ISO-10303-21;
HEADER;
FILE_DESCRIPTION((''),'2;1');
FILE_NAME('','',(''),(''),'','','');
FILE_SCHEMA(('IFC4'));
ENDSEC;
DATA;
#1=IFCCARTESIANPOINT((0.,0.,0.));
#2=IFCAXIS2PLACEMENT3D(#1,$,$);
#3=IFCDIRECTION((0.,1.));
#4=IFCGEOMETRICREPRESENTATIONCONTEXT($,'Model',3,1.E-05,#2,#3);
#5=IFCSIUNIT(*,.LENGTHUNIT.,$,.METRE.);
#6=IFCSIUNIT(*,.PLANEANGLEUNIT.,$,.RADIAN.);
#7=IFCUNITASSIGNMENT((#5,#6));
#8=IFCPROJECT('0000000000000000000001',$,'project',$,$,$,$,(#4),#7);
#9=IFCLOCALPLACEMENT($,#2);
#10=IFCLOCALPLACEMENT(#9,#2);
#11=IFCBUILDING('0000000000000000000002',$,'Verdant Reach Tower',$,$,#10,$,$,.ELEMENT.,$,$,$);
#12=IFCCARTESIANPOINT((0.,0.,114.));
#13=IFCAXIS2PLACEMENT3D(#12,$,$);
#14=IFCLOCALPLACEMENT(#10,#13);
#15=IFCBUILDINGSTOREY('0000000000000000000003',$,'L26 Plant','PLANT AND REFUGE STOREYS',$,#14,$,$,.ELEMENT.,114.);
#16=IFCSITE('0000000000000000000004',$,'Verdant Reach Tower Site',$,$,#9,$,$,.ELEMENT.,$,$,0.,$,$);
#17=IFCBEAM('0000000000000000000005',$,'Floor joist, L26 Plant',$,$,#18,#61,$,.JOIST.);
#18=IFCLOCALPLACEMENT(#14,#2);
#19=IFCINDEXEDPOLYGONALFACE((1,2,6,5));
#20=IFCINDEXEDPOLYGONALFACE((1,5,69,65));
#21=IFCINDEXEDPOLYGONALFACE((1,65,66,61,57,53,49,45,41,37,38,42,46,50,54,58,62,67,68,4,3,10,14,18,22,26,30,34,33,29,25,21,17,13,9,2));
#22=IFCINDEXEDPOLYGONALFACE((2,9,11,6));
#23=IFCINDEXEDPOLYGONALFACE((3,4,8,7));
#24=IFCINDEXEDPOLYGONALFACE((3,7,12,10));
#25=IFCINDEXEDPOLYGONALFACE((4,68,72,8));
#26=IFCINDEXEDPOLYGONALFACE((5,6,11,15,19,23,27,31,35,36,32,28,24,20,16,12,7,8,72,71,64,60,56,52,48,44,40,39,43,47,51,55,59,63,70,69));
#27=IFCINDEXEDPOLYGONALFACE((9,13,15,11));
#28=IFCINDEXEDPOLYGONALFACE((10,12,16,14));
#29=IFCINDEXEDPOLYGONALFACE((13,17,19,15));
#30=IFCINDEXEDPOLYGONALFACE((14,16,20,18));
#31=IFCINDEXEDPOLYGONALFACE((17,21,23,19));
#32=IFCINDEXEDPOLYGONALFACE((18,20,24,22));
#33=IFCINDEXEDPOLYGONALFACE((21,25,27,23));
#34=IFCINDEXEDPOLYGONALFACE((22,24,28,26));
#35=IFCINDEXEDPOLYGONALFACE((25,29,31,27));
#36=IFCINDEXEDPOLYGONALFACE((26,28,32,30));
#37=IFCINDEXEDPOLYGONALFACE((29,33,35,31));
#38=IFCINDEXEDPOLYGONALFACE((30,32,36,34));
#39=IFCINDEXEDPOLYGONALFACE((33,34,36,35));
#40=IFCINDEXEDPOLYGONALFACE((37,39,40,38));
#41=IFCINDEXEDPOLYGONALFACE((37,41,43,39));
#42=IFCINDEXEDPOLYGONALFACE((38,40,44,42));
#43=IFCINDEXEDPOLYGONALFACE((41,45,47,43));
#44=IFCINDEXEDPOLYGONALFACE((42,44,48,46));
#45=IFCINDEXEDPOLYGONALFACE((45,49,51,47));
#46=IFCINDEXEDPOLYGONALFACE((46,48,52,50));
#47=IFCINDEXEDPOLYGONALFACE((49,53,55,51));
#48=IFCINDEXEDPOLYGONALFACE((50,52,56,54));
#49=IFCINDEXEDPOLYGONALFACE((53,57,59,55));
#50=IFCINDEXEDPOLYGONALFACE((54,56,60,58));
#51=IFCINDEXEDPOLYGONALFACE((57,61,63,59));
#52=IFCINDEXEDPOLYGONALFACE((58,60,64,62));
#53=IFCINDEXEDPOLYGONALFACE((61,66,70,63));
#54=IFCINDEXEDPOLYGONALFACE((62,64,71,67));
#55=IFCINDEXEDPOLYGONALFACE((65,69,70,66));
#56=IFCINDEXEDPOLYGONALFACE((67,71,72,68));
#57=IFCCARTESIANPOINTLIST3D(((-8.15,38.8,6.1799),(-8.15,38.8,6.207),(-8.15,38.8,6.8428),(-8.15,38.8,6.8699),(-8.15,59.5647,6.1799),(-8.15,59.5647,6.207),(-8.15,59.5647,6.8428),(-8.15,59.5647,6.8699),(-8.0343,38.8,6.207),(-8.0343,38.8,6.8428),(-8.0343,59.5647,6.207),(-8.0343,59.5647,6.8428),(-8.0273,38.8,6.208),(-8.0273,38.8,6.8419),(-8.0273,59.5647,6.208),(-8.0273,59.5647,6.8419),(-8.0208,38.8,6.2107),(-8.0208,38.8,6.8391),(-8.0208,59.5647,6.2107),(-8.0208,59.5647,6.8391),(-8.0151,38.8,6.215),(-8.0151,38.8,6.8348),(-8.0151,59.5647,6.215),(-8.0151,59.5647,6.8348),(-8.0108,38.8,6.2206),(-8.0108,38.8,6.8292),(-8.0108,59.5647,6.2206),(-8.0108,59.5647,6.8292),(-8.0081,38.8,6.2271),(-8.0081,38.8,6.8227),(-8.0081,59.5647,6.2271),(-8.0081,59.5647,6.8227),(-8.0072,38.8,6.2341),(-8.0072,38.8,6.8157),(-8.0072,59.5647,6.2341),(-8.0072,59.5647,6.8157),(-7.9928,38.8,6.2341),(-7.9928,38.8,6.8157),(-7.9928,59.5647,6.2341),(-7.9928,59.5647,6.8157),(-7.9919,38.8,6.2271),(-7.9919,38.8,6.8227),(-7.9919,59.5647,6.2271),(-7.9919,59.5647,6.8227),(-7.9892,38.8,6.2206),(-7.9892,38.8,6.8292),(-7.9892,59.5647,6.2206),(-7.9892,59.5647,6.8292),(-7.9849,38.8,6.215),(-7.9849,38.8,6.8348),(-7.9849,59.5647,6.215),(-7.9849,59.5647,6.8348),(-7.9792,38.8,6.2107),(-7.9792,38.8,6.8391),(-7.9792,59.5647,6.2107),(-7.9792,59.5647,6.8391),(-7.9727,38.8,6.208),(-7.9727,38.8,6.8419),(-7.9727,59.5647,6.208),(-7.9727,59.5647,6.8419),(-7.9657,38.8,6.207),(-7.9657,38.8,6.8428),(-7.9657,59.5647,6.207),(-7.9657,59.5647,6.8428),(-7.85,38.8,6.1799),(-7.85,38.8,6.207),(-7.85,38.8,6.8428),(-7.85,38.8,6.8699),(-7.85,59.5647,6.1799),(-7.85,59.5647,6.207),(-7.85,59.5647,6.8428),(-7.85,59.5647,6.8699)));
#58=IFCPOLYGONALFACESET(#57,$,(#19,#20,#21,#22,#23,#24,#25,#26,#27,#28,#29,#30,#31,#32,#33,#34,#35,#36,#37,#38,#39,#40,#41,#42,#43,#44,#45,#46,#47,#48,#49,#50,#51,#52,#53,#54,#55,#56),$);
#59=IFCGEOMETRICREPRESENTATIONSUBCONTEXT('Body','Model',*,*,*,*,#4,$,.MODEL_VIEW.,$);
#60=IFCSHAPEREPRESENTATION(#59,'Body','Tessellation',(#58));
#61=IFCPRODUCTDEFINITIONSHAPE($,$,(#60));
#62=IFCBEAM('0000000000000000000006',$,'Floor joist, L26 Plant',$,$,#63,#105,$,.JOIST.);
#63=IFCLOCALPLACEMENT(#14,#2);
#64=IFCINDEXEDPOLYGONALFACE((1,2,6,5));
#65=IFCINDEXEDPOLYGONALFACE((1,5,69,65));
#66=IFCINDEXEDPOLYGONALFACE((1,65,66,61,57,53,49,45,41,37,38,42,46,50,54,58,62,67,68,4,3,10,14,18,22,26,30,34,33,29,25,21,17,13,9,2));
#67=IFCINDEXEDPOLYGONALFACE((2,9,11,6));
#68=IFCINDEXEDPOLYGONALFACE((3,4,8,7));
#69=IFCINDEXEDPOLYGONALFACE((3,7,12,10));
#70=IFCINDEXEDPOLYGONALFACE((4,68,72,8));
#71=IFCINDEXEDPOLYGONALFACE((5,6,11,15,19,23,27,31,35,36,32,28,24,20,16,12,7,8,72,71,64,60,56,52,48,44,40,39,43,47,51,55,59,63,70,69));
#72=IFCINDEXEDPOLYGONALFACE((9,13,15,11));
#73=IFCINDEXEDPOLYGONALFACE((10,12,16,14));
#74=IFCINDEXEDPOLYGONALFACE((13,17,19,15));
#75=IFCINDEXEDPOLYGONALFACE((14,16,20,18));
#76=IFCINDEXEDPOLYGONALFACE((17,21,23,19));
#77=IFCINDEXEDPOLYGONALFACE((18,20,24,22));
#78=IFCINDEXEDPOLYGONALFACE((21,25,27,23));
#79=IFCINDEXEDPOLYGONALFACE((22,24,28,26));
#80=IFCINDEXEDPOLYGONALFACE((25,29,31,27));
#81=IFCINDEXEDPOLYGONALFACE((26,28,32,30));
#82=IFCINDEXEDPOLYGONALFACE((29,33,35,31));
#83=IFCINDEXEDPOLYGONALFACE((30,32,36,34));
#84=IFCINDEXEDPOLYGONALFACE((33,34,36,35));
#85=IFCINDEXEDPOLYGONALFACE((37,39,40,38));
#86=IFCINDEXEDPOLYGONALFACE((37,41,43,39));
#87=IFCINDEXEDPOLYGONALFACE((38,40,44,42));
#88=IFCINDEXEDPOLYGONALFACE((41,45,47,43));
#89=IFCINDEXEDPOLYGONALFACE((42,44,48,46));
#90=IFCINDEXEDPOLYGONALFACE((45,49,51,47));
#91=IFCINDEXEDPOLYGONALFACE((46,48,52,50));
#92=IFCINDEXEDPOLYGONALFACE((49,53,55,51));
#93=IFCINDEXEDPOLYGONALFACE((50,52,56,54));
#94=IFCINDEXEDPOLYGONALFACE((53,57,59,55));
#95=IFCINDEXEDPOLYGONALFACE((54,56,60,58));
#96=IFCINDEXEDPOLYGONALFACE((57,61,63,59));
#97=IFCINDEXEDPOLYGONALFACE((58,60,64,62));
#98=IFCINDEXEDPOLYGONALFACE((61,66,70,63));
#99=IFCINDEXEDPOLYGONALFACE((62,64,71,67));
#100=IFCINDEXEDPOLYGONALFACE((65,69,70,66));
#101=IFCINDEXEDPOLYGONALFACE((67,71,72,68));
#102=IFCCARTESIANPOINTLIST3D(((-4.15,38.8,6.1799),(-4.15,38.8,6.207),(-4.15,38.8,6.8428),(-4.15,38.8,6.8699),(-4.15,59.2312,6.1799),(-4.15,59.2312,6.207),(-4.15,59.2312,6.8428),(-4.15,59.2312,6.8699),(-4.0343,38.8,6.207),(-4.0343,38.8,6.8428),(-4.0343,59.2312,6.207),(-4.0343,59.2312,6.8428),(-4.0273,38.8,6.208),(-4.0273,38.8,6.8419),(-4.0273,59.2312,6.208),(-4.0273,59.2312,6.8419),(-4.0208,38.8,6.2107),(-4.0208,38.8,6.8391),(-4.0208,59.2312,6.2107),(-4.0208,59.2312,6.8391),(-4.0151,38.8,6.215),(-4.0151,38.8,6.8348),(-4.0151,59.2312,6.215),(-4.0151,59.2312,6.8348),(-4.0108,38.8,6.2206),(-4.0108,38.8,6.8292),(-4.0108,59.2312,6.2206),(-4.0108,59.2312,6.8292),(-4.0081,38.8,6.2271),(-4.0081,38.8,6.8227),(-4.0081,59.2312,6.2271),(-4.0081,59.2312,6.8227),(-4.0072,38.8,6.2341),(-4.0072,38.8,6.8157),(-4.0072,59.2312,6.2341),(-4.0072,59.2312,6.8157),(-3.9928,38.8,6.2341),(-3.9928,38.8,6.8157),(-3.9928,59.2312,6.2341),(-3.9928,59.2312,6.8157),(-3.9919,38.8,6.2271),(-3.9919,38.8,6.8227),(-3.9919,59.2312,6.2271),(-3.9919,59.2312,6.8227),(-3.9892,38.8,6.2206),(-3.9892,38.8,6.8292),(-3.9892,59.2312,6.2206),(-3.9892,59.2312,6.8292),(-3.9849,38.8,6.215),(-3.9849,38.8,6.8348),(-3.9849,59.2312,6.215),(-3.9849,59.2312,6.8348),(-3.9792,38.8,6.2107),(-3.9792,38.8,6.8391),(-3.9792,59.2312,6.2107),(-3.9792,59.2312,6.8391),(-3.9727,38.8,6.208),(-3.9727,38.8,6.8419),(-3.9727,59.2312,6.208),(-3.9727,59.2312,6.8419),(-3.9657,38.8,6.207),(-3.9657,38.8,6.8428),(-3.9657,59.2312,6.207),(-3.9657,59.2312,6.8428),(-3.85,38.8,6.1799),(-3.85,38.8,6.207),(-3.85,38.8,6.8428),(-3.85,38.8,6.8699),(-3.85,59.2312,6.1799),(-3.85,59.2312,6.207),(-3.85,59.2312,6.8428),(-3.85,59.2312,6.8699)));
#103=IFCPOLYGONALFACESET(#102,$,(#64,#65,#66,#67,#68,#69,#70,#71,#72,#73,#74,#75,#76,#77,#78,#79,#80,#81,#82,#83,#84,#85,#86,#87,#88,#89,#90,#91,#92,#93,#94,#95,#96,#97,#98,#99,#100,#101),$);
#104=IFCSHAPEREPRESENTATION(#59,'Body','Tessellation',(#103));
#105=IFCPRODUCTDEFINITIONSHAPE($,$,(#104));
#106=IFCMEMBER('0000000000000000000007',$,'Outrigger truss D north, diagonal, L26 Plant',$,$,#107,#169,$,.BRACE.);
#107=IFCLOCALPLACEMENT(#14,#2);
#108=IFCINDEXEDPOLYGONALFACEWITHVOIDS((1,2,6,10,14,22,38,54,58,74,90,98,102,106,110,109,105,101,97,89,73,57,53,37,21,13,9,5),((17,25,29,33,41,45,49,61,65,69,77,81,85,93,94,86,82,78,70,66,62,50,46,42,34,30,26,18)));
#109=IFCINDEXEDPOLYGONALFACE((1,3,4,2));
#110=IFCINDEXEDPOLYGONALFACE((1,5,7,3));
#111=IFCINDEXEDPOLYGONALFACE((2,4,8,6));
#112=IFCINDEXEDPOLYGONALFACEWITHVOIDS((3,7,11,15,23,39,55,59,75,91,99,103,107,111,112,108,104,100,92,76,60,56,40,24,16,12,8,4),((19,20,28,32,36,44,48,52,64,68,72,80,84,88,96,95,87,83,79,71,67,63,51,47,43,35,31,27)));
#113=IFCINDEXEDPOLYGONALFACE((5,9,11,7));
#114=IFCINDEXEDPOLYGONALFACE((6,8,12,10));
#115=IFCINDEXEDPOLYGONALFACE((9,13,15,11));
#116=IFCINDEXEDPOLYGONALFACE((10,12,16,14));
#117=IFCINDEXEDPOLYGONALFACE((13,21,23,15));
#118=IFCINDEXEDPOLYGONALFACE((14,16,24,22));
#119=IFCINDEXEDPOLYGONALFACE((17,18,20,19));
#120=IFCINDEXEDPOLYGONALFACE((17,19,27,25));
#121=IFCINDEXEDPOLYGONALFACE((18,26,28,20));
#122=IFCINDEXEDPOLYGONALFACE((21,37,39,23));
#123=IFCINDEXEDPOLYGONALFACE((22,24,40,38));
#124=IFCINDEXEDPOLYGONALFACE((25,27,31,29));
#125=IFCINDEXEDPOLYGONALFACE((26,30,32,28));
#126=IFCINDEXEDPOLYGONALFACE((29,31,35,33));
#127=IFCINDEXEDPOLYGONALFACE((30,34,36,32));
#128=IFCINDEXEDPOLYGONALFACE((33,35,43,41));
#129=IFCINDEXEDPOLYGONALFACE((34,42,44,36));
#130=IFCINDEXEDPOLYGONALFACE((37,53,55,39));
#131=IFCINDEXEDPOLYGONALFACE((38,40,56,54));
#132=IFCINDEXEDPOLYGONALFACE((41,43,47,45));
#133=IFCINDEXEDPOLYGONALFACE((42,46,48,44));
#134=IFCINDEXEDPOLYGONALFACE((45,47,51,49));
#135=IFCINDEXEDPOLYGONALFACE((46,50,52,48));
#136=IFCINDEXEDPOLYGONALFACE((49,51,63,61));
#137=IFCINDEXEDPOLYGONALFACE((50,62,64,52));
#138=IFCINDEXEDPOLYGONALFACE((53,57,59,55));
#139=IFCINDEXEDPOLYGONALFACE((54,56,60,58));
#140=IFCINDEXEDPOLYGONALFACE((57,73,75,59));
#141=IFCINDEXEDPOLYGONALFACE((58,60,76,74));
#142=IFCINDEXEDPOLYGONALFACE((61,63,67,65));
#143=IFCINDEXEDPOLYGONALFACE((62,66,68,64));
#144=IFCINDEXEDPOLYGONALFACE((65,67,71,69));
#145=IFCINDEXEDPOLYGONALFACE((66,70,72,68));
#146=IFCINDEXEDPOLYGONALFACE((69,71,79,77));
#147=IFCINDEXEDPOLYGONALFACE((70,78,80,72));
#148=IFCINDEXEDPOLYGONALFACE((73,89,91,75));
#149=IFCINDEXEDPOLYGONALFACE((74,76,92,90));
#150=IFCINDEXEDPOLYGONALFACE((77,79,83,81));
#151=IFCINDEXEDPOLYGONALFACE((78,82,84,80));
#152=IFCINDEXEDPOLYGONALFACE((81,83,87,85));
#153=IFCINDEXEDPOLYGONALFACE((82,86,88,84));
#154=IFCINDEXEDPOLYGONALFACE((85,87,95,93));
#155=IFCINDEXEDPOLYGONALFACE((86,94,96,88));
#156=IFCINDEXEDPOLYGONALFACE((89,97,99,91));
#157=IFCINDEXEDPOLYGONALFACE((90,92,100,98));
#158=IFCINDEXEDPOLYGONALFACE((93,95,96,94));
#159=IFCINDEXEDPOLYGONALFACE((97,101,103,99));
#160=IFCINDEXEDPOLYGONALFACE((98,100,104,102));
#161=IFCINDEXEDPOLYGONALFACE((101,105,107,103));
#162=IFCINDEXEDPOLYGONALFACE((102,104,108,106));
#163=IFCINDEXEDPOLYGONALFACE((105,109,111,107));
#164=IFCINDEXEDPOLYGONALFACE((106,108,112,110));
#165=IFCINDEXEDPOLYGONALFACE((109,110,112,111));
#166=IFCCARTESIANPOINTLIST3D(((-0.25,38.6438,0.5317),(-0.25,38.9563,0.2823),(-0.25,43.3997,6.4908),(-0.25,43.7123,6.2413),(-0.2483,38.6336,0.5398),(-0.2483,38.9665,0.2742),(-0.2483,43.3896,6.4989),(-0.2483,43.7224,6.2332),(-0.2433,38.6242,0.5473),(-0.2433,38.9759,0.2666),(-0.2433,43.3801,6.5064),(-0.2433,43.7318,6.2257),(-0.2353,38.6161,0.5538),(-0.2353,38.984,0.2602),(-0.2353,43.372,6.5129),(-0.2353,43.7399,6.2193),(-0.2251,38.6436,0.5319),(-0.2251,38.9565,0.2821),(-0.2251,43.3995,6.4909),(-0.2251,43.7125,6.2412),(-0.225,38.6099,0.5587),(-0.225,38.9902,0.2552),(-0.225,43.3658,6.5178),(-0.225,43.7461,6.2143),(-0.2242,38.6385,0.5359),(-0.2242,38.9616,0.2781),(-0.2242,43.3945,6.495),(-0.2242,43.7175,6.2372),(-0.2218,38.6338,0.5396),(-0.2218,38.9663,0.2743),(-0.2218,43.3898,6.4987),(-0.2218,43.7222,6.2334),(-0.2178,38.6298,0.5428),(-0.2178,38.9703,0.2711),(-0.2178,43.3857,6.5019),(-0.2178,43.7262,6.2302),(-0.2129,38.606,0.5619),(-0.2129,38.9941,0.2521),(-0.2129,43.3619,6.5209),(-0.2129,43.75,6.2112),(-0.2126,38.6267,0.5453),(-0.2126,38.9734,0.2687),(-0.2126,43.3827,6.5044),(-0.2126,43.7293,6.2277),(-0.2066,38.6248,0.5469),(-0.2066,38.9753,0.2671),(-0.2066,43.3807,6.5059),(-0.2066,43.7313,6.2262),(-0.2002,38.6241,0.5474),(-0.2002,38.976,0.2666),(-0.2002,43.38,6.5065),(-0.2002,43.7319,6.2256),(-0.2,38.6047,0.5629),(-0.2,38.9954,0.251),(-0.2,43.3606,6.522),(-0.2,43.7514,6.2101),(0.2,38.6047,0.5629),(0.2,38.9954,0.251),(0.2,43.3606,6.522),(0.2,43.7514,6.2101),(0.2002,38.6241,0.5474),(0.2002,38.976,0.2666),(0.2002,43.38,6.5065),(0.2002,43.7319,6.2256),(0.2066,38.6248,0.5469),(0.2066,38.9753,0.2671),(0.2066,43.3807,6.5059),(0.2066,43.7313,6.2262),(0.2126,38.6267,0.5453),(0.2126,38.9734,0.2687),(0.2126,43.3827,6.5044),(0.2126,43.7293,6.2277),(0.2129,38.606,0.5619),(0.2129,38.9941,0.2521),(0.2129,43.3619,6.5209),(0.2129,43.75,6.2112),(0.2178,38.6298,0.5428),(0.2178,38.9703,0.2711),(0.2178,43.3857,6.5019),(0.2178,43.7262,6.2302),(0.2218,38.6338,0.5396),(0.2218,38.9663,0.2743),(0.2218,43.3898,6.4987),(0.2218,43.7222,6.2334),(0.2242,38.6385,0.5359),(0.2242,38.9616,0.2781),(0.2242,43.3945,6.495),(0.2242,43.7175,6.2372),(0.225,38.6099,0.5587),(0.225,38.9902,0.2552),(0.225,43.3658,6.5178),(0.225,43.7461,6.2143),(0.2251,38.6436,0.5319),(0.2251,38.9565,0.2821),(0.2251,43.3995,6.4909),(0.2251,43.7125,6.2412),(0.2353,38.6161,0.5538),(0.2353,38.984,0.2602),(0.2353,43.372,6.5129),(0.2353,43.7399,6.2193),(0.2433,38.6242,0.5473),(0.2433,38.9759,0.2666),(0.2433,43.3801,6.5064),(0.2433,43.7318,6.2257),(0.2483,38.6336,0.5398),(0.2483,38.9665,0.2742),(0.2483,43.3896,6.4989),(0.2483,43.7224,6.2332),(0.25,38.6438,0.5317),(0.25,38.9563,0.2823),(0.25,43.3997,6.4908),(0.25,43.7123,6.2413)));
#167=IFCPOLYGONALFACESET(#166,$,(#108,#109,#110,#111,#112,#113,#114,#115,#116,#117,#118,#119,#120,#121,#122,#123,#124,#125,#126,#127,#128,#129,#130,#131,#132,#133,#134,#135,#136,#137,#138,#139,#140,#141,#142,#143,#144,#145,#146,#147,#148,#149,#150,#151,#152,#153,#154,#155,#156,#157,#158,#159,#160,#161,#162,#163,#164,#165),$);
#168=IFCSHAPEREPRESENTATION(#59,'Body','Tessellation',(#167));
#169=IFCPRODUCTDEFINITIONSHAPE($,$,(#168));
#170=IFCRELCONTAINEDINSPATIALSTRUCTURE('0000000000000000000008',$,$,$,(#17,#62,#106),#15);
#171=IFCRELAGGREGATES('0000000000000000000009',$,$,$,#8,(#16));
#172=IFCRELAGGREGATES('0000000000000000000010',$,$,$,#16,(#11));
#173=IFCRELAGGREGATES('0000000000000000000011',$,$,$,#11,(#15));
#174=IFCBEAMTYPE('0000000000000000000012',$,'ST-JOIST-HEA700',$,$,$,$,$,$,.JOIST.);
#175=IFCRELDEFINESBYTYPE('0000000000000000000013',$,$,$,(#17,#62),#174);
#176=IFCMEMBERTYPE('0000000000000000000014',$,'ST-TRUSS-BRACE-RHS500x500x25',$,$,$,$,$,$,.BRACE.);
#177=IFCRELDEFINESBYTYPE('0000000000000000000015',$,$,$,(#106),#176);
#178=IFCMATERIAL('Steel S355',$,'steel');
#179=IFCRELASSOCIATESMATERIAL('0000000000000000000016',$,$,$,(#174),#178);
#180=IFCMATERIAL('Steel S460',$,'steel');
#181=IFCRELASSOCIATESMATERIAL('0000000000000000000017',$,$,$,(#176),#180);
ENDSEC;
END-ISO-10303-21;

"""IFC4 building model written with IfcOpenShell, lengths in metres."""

from ifc_helpers import new_model, si_unit, direction, frame, origin, origin_2d, place, context, subcontext, project, spatial, hollow_rectangle, i_section, extrude, material, material_profile, profile_set, type_object, element, save


model = new_model("IFC4")

# Units and contexts
model_context = context("Model", 3, precision=1e-05, world=origin(), true_north=direction((0.0, 1.0)))
body_context = subcontext(model_context, "Body", "Model", "MODEL_VIEW")
ifc_project = project(units=[si_unit("LENGTHUNIT", "METRE"), si_unit("PLANEANGLEUNIT", "RADIAN")], contexts=[model_context])

# Site, building, storey
site_placement = place(None, origin())
site = spatial("IfcSite", under=ifc_project, at=site_placement, Name="Verdant Reach Tower Site", CompositionType="ELEMENT", RefElevation=0.0)
building_placement = place(site_placement, origin())
building = spatial("IfcBuilding", under=site, at=building_placement, Name="Verdant Reach Tower", CompositionType="ELEMENT")
storey_placement = place(building_placement, frame((0.0, 0.0, 114.0)))
storey = spatial("IfcBuildingStorey", under=building, at=storey_placement, Name="L26 Plant", Description="PLANT AND REFUGE STOREYS", CompositionType="ELEMENT", Elevation=114.0)

# Beams
ifc_material_1 = material(Name="Steel S355", Category="steel")
ifc_material_profile_1 = material_profile(ifc_material_1, i_section(OverallWidth=0.3, OverallDepth=0.6899, WebThickness=0.0144, FlangeThickness=0.0271, FilletRadius=0.0271, at=origin_2d()), Name="HEA 700")
ifc_profile_set_1 = profile_set([ifc_material_profile_1], Name="Steel S355")
beam_type = type_object("IfcBeamType", Name="ST-JOIST-HEA700", PredefinedType="JOIST", material=ifc_profile_set_1)
beam_1_placement = place(storey_placement, frame((-8.0, 38.8, 6.5249), z_axis=(0.0, 1.0, 0.0), x_axis=(-1.0, 0.0, 0.0)))
element("IfcBeam", 1, at=beam_1_placement, inside=storey, type_object=beam_type, Name="Floor joist, L26 Plant", PredefinedType="JOIST", context=body_context, shape_type="SweptSolid", body=[
    extrude(i_section(OverallWidth=0.3, OverallDepth=0.6899, WebThickness=0.0144, FlangeThickness=0.0271, FilletRadius=0.0271, at=origin_2d()), origin(), (0.0, 0.0, 1.0), 20.7646),
])
beam_2_placement = place(storey_placement, frame((-4.0, 38.8, 6.5249), z_axis=(0.0, 1.0, 0.0), x_axis=(-1.0, 0.0, 0.0)))
element("IfcBeam", 2, at=beam_2_placement, inside=storey, type_object=beam_type, Name="Floor joist, L26 Plant", PredefinedType="JOIST", context=body_context, shape_type="SweptSolid", body=[
    extrude(i_section(OverallWidth=0.3, OverallDepth=0.6899, WebThickness=0.0144, FlangeThickness=0.0271, FilletRadius=0.0271, at=origin_2d()), origin(), (0.0, 0.0, 1.0), 20.4312),
])

# Member
ifc_material_2 = material(Name="Steel S460", Category="steel")
ifc_material_profile_2 = material_profile(ifc_material_2, hollow_rectangle(XDim=0.5, YDim=0.5, WallThickness=0.0249, InnerFilletRadius=0.0249, OuterFilletRadius=0.05, at=origin_2d()), Name="RHS 500x500x25")
ifc_profile_set_2 = profile_set([ifc_material_profile_2], Name="Steel S460")
member_type_1 = type_object("IfcMemberType", Name="ST-TRUSS-BRACE-RHS500x500x25", PredefinedType="BRACE", material=ifc_profile_set_2)
member_1_placement = place(storey_placement, frame((0.0, 38.8, 0.407), z_axis=(0.0, 0.623789, 0.781593), x_axis=(-1.0, 0.0, 0.0)))
element("IfcMember", 3, at=member_1_placement, inside=storey, type_object=member_type_1, Name="Outrigger truss D north, diagonal, L26 Plant", PredefinedType="BRACE", context=body_context, shape_type="SweptSolid", body=[
    extrude(hollow_rectangle(XDim=0.5, YDim=0.5, WallThickness=0.0249, InnerFilletRadius=0.0249, OuterFilletRadius=0.05, at=origin_2d()), origin(), (0.0, 0.0, 1.0), 7.6243),
])

save(model, "model.ifc")
